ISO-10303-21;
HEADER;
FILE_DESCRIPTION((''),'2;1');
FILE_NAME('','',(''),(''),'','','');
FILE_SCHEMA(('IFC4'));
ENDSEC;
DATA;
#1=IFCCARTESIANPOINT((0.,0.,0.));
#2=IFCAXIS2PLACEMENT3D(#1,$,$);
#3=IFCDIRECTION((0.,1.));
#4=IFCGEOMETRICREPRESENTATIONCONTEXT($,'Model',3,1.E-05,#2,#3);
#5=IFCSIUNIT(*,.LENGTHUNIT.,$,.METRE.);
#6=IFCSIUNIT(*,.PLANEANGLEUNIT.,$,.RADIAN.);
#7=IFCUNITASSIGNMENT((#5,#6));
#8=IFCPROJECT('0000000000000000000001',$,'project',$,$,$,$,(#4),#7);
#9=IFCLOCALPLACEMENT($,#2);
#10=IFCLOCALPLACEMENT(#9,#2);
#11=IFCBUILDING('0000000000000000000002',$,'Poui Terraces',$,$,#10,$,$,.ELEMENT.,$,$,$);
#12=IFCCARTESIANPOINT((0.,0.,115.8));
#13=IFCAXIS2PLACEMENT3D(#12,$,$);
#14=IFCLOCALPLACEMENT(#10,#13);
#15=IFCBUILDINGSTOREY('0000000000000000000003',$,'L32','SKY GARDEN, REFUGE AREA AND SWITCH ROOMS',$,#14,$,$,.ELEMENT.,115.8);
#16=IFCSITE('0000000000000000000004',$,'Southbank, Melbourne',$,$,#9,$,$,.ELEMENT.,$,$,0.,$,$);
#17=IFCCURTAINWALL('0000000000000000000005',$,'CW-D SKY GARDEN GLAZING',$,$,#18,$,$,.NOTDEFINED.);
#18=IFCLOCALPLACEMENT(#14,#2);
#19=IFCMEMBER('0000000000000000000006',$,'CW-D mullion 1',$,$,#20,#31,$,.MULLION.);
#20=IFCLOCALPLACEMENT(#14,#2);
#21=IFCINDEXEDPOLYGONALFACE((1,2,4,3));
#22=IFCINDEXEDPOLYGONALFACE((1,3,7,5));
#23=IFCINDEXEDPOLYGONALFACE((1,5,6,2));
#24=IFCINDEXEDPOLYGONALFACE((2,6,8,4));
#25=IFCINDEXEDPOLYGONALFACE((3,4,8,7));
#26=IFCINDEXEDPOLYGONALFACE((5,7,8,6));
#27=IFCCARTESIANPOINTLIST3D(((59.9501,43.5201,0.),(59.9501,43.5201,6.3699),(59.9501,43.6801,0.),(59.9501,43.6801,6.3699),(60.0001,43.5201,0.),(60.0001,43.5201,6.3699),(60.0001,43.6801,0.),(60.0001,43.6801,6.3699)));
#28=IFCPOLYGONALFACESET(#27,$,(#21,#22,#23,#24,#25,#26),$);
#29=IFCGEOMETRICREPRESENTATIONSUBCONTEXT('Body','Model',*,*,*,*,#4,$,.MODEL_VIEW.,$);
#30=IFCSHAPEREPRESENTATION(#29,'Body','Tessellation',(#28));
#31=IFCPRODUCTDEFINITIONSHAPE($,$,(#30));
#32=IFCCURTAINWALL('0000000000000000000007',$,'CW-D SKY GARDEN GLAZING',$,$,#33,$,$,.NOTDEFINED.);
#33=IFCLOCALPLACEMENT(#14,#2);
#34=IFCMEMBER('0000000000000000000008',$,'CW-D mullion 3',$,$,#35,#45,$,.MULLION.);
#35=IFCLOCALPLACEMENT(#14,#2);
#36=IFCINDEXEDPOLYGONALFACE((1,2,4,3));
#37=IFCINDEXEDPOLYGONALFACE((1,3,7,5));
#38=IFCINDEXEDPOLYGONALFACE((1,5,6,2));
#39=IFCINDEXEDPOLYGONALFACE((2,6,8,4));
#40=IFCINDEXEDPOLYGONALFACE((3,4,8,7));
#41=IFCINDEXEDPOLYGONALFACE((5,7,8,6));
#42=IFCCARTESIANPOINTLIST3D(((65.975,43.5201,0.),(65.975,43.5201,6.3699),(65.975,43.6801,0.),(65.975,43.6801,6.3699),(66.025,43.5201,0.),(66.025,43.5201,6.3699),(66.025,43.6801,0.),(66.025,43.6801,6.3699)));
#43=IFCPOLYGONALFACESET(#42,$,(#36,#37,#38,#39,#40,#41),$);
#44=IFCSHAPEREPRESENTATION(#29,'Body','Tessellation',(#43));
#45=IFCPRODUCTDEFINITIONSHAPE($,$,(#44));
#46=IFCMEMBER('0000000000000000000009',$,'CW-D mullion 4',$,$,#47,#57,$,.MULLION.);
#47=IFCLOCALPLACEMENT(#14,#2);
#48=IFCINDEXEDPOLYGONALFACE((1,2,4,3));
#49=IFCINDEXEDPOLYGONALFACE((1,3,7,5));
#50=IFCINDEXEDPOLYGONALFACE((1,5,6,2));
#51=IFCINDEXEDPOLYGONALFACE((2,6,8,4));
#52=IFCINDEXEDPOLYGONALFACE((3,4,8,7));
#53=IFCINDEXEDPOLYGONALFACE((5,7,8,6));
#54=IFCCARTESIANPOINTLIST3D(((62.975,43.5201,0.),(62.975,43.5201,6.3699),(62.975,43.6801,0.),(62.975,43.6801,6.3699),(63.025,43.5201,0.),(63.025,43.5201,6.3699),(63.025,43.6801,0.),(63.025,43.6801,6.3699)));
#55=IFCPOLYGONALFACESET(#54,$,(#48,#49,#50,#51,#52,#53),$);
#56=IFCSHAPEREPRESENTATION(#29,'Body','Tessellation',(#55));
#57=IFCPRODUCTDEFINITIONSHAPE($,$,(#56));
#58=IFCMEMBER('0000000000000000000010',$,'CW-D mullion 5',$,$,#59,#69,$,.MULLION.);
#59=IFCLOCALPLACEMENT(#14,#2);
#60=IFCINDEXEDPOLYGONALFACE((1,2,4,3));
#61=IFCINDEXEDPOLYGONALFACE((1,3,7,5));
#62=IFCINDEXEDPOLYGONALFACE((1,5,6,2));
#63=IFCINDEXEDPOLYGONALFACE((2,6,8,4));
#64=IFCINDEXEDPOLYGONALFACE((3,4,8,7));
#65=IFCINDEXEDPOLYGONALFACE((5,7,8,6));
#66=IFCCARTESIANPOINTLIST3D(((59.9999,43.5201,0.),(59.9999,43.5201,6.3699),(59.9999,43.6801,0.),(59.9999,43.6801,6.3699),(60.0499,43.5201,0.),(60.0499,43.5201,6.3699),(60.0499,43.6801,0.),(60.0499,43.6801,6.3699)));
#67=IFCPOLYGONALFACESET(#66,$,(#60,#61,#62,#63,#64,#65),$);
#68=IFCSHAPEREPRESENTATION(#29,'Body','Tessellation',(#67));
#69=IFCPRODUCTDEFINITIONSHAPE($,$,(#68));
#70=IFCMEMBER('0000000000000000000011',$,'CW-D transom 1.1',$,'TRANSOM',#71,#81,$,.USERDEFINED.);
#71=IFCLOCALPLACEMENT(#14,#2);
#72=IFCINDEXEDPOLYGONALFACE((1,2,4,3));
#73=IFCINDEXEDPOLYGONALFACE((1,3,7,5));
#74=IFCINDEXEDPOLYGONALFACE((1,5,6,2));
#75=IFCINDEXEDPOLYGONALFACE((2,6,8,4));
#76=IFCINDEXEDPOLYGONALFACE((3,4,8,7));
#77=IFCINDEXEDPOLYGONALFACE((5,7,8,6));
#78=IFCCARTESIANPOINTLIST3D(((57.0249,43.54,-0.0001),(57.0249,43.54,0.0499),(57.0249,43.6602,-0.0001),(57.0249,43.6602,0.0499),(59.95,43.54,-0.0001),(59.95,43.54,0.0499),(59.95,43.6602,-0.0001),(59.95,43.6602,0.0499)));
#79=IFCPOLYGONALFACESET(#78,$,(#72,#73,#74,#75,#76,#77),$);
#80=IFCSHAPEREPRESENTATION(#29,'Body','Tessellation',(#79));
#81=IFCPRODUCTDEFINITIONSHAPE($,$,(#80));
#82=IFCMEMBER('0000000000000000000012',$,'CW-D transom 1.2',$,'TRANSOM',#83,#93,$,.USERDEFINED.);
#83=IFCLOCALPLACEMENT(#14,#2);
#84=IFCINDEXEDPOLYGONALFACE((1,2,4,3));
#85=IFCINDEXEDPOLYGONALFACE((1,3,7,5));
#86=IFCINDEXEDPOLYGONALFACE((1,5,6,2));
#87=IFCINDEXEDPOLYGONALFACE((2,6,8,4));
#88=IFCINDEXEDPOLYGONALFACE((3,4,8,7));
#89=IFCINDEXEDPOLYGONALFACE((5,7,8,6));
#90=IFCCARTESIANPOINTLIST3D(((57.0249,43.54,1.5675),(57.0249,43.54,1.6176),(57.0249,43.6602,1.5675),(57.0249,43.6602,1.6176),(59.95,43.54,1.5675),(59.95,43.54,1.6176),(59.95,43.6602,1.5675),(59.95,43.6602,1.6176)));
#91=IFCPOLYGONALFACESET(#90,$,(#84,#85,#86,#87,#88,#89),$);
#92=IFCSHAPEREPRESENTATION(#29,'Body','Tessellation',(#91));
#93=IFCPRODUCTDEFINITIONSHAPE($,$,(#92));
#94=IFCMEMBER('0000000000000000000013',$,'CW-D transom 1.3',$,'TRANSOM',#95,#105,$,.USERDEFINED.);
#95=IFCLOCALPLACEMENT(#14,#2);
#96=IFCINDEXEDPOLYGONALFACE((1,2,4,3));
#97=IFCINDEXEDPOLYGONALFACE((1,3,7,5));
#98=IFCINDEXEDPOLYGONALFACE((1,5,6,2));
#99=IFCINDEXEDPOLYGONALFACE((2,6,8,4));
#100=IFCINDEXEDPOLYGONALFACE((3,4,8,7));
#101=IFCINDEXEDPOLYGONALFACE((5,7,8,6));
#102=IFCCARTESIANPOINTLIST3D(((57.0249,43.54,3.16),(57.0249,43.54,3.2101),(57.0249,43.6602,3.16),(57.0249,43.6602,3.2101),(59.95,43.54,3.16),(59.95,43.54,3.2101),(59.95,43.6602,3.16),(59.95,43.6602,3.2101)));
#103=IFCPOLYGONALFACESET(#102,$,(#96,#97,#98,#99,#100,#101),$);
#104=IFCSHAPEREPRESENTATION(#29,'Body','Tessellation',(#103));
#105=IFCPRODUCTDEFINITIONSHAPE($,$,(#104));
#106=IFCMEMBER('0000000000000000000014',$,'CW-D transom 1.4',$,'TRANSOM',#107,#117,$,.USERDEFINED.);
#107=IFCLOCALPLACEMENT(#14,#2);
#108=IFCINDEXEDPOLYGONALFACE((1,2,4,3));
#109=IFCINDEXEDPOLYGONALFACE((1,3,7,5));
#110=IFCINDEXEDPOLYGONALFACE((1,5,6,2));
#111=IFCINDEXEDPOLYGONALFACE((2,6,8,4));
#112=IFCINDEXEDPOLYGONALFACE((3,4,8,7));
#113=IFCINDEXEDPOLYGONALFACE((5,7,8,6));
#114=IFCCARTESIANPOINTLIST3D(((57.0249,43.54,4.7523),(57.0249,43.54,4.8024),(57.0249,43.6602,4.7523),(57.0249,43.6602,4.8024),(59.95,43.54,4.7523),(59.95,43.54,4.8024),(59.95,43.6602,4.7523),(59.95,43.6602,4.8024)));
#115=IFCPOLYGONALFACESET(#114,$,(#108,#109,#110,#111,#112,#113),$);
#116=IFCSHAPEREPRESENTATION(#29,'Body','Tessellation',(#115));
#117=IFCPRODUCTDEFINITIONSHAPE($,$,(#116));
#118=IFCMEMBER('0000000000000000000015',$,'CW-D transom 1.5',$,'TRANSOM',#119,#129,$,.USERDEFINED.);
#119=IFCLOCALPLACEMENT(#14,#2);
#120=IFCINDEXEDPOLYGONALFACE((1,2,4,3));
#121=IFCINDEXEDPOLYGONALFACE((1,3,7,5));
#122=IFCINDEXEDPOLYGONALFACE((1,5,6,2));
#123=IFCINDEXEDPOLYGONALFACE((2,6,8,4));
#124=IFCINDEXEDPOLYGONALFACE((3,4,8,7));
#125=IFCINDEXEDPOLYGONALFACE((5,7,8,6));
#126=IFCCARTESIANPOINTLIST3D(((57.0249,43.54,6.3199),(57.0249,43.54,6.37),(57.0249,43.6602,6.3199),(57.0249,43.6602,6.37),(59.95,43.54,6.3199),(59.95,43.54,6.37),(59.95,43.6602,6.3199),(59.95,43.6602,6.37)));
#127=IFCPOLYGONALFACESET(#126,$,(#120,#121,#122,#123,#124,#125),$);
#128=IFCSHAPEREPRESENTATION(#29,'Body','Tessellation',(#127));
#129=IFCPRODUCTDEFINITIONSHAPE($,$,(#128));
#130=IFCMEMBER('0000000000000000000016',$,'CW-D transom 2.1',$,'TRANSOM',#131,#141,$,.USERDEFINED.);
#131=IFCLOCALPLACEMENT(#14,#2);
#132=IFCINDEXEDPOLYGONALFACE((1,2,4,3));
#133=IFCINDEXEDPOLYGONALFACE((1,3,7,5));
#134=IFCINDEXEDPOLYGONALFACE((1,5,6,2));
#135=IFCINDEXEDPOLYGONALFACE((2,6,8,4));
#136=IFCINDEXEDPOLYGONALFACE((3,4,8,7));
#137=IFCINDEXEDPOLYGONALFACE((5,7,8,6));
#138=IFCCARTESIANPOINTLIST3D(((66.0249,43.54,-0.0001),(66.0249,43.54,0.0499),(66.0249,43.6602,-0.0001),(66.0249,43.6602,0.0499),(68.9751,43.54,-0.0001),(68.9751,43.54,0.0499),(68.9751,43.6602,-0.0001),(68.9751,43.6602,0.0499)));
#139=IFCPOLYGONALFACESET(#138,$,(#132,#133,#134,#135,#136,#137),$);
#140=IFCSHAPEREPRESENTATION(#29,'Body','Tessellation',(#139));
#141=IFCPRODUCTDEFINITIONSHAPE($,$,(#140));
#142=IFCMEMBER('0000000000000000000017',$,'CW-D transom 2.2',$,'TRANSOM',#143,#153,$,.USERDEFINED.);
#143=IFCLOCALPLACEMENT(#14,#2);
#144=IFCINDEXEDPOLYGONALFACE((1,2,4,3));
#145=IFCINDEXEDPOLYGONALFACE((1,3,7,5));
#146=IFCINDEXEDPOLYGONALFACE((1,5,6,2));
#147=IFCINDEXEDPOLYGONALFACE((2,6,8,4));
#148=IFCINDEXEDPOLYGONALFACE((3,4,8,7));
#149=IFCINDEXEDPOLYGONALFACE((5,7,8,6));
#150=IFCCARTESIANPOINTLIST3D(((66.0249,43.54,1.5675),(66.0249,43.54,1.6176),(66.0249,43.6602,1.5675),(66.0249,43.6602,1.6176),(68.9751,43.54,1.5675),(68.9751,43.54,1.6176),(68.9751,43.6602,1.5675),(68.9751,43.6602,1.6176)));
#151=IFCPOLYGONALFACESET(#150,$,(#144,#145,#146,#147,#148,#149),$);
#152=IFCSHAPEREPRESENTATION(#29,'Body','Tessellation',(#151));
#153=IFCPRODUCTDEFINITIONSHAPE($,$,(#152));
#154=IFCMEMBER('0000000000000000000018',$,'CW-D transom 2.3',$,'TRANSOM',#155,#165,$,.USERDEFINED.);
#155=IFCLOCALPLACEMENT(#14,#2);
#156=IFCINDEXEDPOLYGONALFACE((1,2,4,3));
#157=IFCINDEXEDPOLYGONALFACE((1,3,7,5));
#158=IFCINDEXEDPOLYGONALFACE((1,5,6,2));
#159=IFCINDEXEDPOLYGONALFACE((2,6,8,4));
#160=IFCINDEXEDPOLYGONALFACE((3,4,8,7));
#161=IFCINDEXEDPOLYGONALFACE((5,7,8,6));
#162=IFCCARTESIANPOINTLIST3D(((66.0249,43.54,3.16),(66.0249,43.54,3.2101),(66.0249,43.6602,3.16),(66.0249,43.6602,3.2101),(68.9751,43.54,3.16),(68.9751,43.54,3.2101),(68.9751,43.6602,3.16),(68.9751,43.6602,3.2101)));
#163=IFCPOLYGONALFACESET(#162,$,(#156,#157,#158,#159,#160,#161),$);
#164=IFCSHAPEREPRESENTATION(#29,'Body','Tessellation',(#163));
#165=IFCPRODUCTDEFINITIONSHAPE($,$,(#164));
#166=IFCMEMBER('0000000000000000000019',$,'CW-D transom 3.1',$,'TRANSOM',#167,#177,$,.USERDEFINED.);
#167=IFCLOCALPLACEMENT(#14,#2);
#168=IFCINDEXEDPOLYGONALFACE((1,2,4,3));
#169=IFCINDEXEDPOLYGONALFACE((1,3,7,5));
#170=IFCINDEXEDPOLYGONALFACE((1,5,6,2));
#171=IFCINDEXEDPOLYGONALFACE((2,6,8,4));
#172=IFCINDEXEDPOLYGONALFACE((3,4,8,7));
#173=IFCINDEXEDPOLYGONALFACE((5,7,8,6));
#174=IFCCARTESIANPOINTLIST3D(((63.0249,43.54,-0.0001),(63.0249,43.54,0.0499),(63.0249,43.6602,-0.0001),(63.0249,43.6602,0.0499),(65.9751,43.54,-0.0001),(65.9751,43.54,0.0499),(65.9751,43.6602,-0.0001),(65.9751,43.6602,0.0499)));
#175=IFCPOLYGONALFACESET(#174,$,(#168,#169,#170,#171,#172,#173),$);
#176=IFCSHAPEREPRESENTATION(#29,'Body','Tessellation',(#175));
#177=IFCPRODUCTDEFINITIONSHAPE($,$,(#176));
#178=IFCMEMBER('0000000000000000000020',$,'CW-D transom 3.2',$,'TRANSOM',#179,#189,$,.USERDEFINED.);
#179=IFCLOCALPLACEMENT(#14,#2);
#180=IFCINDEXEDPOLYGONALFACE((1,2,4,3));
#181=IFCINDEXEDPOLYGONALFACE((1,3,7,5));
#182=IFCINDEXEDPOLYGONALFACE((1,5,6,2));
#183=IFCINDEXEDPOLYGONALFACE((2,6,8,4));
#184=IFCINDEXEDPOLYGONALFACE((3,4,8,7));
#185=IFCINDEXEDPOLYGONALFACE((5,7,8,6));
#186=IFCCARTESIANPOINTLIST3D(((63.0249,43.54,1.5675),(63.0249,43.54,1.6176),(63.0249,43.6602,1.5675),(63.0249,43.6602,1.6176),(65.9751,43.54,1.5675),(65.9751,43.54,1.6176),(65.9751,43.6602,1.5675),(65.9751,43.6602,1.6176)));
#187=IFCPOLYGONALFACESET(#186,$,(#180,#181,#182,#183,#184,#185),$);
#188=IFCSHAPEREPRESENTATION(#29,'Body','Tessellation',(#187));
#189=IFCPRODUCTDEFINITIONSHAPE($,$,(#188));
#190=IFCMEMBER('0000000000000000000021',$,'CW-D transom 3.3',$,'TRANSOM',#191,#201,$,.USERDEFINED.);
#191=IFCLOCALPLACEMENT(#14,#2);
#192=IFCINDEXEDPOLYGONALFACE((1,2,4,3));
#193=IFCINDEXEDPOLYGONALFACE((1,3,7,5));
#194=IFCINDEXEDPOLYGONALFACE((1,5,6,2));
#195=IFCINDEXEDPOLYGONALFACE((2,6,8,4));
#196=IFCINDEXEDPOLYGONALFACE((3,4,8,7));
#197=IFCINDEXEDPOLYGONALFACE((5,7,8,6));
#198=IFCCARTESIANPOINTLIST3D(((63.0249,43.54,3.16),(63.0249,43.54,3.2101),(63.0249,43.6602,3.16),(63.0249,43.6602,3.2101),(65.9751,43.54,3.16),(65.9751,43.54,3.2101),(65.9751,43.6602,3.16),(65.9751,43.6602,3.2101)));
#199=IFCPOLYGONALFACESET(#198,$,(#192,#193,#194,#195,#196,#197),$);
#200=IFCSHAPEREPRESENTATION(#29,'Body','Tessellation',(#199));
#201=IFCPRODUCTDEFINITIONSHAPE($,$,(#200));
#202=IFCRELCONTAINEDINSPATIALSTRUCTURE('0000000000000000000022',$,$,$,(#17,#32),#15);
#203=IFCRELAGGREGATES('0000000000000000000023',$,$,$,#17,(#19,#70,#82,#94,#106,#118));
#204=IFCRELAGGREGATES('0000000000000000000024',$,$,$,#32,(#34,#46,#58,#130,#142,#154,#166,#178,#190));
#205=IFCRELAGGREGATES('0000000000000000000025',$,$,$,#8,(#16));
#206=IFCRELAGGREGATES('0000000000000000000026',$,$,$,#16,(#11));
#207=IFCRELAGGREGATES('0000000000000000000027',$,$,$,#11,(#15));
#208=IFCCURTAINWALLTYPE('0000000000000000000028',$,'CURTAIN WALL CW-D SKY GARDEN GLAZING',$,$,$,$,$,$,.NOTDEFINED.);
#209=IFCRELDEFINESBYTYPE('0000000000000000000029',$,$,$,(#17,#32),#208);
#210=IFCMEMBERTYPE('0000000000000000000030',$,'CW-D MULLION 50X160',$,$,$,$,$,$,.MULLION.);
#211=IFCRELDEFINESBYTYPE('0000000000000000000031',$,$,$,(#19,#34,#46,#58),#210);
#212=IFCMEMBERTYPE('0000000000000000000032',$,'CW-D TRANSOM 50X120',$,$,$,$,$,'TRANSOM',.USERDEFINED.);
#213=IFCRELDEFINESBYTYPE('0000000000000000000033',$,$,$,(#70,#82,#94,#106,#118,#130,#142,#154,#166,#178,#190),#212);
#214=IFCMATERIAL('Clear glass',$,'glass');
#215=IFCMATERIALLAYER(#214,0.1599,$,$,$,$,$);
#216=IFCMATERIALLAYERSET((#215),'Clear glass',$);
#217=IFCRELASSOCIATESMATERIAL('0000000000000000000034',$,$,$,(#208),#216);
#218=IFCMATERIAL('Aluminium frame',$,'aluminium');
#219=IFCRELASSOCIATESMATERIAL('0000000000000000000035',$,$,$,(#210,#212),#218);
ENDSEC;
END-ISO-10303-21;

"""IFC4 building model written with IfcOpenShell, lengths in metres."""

from ifc_helpers import new_model, si_unit, direction, frame, origin, origin_2d, place, context, subcontext, project, spatial, rectangle, extrude, material, layer, layer_set, material_profile, profile_set, type_object, element, aggregate, save


model = new_model("IFC4")

# Units and contexts
model_context = context("Model", 3, precision=1e-05, world=origin(), true_north=direction((0.0, 1.0)))
body_context = subcontext(model_context, "Body", "Model", "MODEL_VIEW")
ifc_project = project(units=[si_unit("LENGTHUNIT", "METRE"), si_unit("PLANEANGLEUNIT", "RADIAN")], contexts=[model_context])

# Site, building, storey
site_placement = place(None, origin())
site = spatial("IfcSite", under=ifc_project, at=site_placement, Name="Southbank, Melbourne", CompositionType="ELEMENT", RefElevation=0.0)
building_placement = place(site_placement, origin())
building = spatial("IfcBuilding", under=site, at=building_placement, Name="Poui Terraces", CompositionType="ELEMENT")
storey_placement = place(building_placement, frame((0.0, 0.0, 115.8)))
storey = spatial("IfcBuildingStorey", under=building, at=storey_placement, Name="L32", Description="SKY GARDEN, REFUGE AREA AND SWITCH ROOMS", CompositionType="ELEMENT", Elevation=115.8)

# Curtain wall, member
ifc_material_1 = material(Name="Clear glass", Category="glass")
ifc_layer_1 = layer(ifc_material_1, 0.1599)
ifc_layer_set_1 = layer_set([ifc_layer_1], Name="Clear glass")
curtain_wall_type = type_object("IfcCurtainWallType", Name="CURTAIN WALL CW-D SKY GARDEN GLAZING", PredefinedType="NOTDEFINED", material=ifc_layer_set_1)
curtain_wall_1_placement = place(storey_placement, origin())
curtain_wall_1 = element("IfcCurtainWall", 1, at=curtain_wall_1_placement, inside=storey, type_object=curtain_wall_type, Name="CW-D SKY GARDEN GLAZING", PredefinedType="NOTDEFINED")
ifc_material_2 = material(Name="Aluminium frame", Category="aluminium")
ifc_material_profile_1 = material_profile(ifc_material_2, rectangle(XDim=0.1599, YDim=0.05, at=origin_2d()), Name="CW-D MULLION 50X160")
ifc_profile_set_1 = profile_set([ifc_material_profile_1], Name="Aluminium frame")
member_type_1 = type_object("IfcMemberType", Name="CW-D MULLION 50X160", PredefinedType="MULLION", material=ifc_profile_set_1)
member_1_placement = place(storey_placement, frame((59.9751, 43.6001, 0.0), z_axis=(0.0, 0.0, 1.0), x_axis=(0.0, -1.0, 0.0)))
member_1 = element("IfcMember", 2, at=member_1_placement, type_object=member_type_1, Name="CW-D mullion 1", PredefinedType="MULLION", context=body_context, shape_type="SweptSolid", body=[
    extrude(rectangle(XDim=0.1599, YDim=0.05, at=origin_2d()), origin(), (0.0, 0.0, 1.0), 6.3699),
])

# Curtain wall, members
curtain_wall_2_placement = place(storey_placement, origin())
curtain_wall_2 = element("IfcCurtainWall", 3, at=curtain_wall_2_placement, inside=storey, type_object=curtain_wall_type, Name="CW-D SKY GARDEN GLAZING", PredefinedType="NOTDEFINED")
member_2_placement = place(storey_placement, frame((66.0, 43.6001, 0.0), z_axis=(0.0, 0.0, 1.0), x_axis=(0.0, -1.0, 0.0)))
member_2 = element("IfcMember", 4, at=member_2_placement, type_object=member_type_1, Name="CW-D mullion 3", PredefinedType="MULLION", context=body_context, shape_type="SweptSolid", body=[
    extrude(rectangle(XDim=0.1599, YDim=0.05, at=origin_2d()), origin(), (0.0, 0.0, 1.0), 6.3699),
])
member_3_placement = place(storey_placement, frame((63.0, 43.6001, 0.0), z_axis=(0.0, 0.0, 1.0), x_axis=(0.0, -1.0, 0.0)))
member_3 = element("IfcMember", 5, at=member_3_placement, type_object=member_type_1, Name="CW-D mullion 4", PredefinedType="MULLION", context=body_context, shape_type="SweptSolid", body=[
    extrude(rectangle(XDim=0.1599, YDim=0.05, at=origin_2d()), origin(), (0.0, 0.0, 1.0), 6.3699),
])
member_4_placement = place(storey_placement, frame((60.0249, 43.6001, 0.0), z_axis=(0.0, 0.0, 1.0), x_axis=(0.0, -1.0, 0.0)))
member_4 = element("IfcMember", 6, at=member_4_placement, type_object=member_type_1, Name="CW-D mullion 5", PredefinedType="MULLION", context=body_context, shape_type="SweptSolid", body=[
    extrude(rectangle(XDim=0.1599, YDim=0.05, at=origin_2d()), origin(), (0.0, 0.0, 1.0), 6.3699),
])

# Members
ifc_material_profile_2 = material_profile(ifc_material_2, rectangle(XDim=0.1201, YDim=0.05, at=origin_2d()), Name="CW-D TRANSOM 50X120")
ifc_profile_set_2 = profile_set([ifc_material_profile_2], Name="Aluminium frame")
member_type_2 = type_object("IfcMemberType", Name="CW-D TRANSOM 50X120", ElementType="TRANSOM", PredefinedType="USERDEFINED", material=ifc_profile_set_2)
member_5_placement = place(storey_placement, frame((59.95, 43.6001, 0.0249), z_axis=(-1.0, 0.0, 0.0), x_axis=(0.0, -1.0, 0.0)))
member_5 = element("IfcMember", 7, at=member_5_placement, type_object=member_type_2, Name="CW-D transom 1.1", ObjectType="TRANSOM", PredefinedType="USERDEFINED", context=body_context, shape_type="SweptSolid", body=[
    extrude(rectangle(XDim=0.1201, YDim=0.05, at=origin_2d()), origin(), (0.0, 0.0, 1.0), 2.925),
])
member_6_placement = place(storey_placement, frame((59.95, 43.6001, 1.5925), z_axis=(-1.0, 0.0, 0.0), x_axis=(0.0, -1.0, 0.0)))
member_6 = element("IfcMember", 8, at=member_6_placement, type_object=member_type_2, Name="CW-D transom 1.2", ObjectType="TRANSOM", PredefinedType="USERDEFINED", context=body_context, shape_type="SweptSolid", body=[
    extrude(rectangle(XDim=0.1201, YDim=0.05, at=origin_2d()), origin(), (0.0, 0.0, 1.0), 2.925),
])
member_7_placement = place(storey_placement, frame((59.95, 43.6001, 3.1851), z_axis=(-1.0, 0.0, 0.0), x_axis=(0.0, -1.0, 0.0)))
member_7 = element("IfcMember", 9, at=member_7_placement, type_object=member_type_2, Name="CW-D transom 1.3", ObjectType="TRANSOM", PredefinedType="USERDEFINED", context=body_context, shape_type="SweptSolid", body=[
    extrude(rectangle(XDim=0.1201, YDim=0.05, at=origin_2d()), origin(), (0.0, 0.0, 1.0), 2.925),
])
member_8_placement = place(storey_placement, frame((59.95, 43.6001, 4.7773), z_axis=(-1.0, 0.0, 0.0), x_axis=(0.0, -1.0, 0.0)))
member_8 = element("IfcMember", 10, at=member_8_placement, type_object=member_type_2, Name="CW-D transom 1.4", ObjectType="TRANSOM", PredefinedType="USERDEFINED", context=body_context, shape_type="SweptSolid", body=[
    extrude(rectangle(XDim=0.1201, YDim=0.05, at=origin_2d()), origin(), (0.0, 0.0, 1.0), 2.925),
])
member_9_placement = place(storey_placement, frame((59.95, 43.6001, 6.345), z_axis=(-1.0, 0.0, 0.0), x_axis=(0.0, -1.0, 0.0)))
member_9 = element("IfcMember", 11, at=member_9_placement, type_object=member_type_2, Name="CW-D transom 1.5", ObjectType="TRANSOM", PredefinedType="USERDEFINED", context=body_context, shape_type="SweptSolid", body=[
    extrude(rectangle(XDim=0.1201, YDim=0.05, at=origin_2d()), origin(), (0.0, 0.0, 1.0), 2.925),
])
aggregate(curtain_wall_1, [member_1, member_5, member_6, member_7, member_8, member_9])
member_10_placement = place(storey_placement, frame((68.9751, 43.6001, 0.0249), z_axis=(-1.0, 0.0, 0.0), x_axis=(0.0, -1.0, 0.0)))
member_10 = element("IfcMember", 12, at=member_10_placement, type_object=member_type_2, Name="CW-D transom 2.1", ObjectType="TRANSOM", PredefinedType="USERDEFINED", context=body_context, shape_type="SweptSolid", body=[
    extrude(rectangle(XDim=0.1201, YDim=0.05, at=origin_2d()), origin(), (0.0, 0.0, 1.0), 2.9502),
])
member_11_placement = place(storey_placement, frame((68.9751, 43.6001, 1.5925), z_axis=(-1.0, 0.0, 0.0), x_axis=(0.0, -1.0, 0.0)))
member_11 = element("IfcMember", 13, at=member_11_placement, type_object=member_type_2, Name="CW-D transom 2.2", ObjectType="TRANSOM", PredefinedType="USERDEFINED", context=body_context, shape_type="SweptSolid", body=[
    extrude(rectangle(XDim=0.1201, YDim=0.05, at=origin_2d()), origin(), (0.0, 0.0, 1.0), 2.9502),
])
member_12_placement = place(storey_placement, frame((68.9751, 43.6001, 3.1851), z_axis=(-1.0, 0.0, 0.0), x_axis=(0.0, -1.0, 0.0)))
member_12 = element("IfcMember", 14, at=member_12_placement, type_object=member_type_2, Name="CW-D transom 2.3", ObjectType="TRANSOM", PredefinedType="USERDEFINED", context=body_context, shape_type="SweptSolid", body=[
    extrude(rectangle(XDim=0.1201, YDim=0.05, at=origin_2d()), origin(), (0.0, 0.0, 1.0), 2.9502),
])
member_13_placement = place(storey_placement, frame((65.9751, 43.6001, 0.0249), z_axis=(-1.0, 0.0, 0.0), x_axis=(0.0, -1.0, 0.0)))
member_13 = element("IfcMember", 15, at=member_13_placement, type_object=member_type_2, Name="CW-D transom 3.1", ObjectType="TRANSOM", PredefinedType="USERDEFINED", context=body_context, shape_type="SweptSolid", body=[
    extrude(rectangle(XDim=0.1201, YDim=0.05, at=origin_2d()), origin(), (0.0, 0.0, 1.0), 2.9502),
])
member_14_placement = place(storey_placement, frame((65.9751, 43.6001, 1.5925), z_axis=(-1.0, 0.0, 0.0), x_axis=(0.0, -1.0, 0.0)))
member_14 = element("IfcMember", 16, at=member_14_placement, type_object=member_type_2, Name="CW-D transom 3.2", ObjectType="TRANSOM", PredefinedType="USERDEFINED", context=body_context, shape_type="SweptSolid", body=[
    extrude(rectangle(XDim=0.1201, YDim=0.05, at=origin_2d()), origin(), (0.0, 0.0, 1.0), 2.9502),
])
member_15_placement = place(storey_placement, frame((65.9751, 43.6001, 3.1851), z_axis=(-1.0, 0.0, 0.0), x_axis=(0.0, -1.0, 0.0)))
member_15 = element("IfcMember", 17, at=member_15_placement, type_object=member_type_2, Name="CW-D transom 3.3", ObjectType="TRANSOM", PredefinedType="USERDEFINED", context=body_context, shape_type="SweptSolid", body=[
    extrude(rectangle(XDim=0.1201, YDim=0.05, at=origin_2d()), origin(), (0.0, 0.0, 1.0), 2.9502),
])

aggregate(curtain_wall_2, [member_2, member_3, member_4, member_10, member_11, member_12, member_13, member_14, member_15])

save(model, "model.ifc")
